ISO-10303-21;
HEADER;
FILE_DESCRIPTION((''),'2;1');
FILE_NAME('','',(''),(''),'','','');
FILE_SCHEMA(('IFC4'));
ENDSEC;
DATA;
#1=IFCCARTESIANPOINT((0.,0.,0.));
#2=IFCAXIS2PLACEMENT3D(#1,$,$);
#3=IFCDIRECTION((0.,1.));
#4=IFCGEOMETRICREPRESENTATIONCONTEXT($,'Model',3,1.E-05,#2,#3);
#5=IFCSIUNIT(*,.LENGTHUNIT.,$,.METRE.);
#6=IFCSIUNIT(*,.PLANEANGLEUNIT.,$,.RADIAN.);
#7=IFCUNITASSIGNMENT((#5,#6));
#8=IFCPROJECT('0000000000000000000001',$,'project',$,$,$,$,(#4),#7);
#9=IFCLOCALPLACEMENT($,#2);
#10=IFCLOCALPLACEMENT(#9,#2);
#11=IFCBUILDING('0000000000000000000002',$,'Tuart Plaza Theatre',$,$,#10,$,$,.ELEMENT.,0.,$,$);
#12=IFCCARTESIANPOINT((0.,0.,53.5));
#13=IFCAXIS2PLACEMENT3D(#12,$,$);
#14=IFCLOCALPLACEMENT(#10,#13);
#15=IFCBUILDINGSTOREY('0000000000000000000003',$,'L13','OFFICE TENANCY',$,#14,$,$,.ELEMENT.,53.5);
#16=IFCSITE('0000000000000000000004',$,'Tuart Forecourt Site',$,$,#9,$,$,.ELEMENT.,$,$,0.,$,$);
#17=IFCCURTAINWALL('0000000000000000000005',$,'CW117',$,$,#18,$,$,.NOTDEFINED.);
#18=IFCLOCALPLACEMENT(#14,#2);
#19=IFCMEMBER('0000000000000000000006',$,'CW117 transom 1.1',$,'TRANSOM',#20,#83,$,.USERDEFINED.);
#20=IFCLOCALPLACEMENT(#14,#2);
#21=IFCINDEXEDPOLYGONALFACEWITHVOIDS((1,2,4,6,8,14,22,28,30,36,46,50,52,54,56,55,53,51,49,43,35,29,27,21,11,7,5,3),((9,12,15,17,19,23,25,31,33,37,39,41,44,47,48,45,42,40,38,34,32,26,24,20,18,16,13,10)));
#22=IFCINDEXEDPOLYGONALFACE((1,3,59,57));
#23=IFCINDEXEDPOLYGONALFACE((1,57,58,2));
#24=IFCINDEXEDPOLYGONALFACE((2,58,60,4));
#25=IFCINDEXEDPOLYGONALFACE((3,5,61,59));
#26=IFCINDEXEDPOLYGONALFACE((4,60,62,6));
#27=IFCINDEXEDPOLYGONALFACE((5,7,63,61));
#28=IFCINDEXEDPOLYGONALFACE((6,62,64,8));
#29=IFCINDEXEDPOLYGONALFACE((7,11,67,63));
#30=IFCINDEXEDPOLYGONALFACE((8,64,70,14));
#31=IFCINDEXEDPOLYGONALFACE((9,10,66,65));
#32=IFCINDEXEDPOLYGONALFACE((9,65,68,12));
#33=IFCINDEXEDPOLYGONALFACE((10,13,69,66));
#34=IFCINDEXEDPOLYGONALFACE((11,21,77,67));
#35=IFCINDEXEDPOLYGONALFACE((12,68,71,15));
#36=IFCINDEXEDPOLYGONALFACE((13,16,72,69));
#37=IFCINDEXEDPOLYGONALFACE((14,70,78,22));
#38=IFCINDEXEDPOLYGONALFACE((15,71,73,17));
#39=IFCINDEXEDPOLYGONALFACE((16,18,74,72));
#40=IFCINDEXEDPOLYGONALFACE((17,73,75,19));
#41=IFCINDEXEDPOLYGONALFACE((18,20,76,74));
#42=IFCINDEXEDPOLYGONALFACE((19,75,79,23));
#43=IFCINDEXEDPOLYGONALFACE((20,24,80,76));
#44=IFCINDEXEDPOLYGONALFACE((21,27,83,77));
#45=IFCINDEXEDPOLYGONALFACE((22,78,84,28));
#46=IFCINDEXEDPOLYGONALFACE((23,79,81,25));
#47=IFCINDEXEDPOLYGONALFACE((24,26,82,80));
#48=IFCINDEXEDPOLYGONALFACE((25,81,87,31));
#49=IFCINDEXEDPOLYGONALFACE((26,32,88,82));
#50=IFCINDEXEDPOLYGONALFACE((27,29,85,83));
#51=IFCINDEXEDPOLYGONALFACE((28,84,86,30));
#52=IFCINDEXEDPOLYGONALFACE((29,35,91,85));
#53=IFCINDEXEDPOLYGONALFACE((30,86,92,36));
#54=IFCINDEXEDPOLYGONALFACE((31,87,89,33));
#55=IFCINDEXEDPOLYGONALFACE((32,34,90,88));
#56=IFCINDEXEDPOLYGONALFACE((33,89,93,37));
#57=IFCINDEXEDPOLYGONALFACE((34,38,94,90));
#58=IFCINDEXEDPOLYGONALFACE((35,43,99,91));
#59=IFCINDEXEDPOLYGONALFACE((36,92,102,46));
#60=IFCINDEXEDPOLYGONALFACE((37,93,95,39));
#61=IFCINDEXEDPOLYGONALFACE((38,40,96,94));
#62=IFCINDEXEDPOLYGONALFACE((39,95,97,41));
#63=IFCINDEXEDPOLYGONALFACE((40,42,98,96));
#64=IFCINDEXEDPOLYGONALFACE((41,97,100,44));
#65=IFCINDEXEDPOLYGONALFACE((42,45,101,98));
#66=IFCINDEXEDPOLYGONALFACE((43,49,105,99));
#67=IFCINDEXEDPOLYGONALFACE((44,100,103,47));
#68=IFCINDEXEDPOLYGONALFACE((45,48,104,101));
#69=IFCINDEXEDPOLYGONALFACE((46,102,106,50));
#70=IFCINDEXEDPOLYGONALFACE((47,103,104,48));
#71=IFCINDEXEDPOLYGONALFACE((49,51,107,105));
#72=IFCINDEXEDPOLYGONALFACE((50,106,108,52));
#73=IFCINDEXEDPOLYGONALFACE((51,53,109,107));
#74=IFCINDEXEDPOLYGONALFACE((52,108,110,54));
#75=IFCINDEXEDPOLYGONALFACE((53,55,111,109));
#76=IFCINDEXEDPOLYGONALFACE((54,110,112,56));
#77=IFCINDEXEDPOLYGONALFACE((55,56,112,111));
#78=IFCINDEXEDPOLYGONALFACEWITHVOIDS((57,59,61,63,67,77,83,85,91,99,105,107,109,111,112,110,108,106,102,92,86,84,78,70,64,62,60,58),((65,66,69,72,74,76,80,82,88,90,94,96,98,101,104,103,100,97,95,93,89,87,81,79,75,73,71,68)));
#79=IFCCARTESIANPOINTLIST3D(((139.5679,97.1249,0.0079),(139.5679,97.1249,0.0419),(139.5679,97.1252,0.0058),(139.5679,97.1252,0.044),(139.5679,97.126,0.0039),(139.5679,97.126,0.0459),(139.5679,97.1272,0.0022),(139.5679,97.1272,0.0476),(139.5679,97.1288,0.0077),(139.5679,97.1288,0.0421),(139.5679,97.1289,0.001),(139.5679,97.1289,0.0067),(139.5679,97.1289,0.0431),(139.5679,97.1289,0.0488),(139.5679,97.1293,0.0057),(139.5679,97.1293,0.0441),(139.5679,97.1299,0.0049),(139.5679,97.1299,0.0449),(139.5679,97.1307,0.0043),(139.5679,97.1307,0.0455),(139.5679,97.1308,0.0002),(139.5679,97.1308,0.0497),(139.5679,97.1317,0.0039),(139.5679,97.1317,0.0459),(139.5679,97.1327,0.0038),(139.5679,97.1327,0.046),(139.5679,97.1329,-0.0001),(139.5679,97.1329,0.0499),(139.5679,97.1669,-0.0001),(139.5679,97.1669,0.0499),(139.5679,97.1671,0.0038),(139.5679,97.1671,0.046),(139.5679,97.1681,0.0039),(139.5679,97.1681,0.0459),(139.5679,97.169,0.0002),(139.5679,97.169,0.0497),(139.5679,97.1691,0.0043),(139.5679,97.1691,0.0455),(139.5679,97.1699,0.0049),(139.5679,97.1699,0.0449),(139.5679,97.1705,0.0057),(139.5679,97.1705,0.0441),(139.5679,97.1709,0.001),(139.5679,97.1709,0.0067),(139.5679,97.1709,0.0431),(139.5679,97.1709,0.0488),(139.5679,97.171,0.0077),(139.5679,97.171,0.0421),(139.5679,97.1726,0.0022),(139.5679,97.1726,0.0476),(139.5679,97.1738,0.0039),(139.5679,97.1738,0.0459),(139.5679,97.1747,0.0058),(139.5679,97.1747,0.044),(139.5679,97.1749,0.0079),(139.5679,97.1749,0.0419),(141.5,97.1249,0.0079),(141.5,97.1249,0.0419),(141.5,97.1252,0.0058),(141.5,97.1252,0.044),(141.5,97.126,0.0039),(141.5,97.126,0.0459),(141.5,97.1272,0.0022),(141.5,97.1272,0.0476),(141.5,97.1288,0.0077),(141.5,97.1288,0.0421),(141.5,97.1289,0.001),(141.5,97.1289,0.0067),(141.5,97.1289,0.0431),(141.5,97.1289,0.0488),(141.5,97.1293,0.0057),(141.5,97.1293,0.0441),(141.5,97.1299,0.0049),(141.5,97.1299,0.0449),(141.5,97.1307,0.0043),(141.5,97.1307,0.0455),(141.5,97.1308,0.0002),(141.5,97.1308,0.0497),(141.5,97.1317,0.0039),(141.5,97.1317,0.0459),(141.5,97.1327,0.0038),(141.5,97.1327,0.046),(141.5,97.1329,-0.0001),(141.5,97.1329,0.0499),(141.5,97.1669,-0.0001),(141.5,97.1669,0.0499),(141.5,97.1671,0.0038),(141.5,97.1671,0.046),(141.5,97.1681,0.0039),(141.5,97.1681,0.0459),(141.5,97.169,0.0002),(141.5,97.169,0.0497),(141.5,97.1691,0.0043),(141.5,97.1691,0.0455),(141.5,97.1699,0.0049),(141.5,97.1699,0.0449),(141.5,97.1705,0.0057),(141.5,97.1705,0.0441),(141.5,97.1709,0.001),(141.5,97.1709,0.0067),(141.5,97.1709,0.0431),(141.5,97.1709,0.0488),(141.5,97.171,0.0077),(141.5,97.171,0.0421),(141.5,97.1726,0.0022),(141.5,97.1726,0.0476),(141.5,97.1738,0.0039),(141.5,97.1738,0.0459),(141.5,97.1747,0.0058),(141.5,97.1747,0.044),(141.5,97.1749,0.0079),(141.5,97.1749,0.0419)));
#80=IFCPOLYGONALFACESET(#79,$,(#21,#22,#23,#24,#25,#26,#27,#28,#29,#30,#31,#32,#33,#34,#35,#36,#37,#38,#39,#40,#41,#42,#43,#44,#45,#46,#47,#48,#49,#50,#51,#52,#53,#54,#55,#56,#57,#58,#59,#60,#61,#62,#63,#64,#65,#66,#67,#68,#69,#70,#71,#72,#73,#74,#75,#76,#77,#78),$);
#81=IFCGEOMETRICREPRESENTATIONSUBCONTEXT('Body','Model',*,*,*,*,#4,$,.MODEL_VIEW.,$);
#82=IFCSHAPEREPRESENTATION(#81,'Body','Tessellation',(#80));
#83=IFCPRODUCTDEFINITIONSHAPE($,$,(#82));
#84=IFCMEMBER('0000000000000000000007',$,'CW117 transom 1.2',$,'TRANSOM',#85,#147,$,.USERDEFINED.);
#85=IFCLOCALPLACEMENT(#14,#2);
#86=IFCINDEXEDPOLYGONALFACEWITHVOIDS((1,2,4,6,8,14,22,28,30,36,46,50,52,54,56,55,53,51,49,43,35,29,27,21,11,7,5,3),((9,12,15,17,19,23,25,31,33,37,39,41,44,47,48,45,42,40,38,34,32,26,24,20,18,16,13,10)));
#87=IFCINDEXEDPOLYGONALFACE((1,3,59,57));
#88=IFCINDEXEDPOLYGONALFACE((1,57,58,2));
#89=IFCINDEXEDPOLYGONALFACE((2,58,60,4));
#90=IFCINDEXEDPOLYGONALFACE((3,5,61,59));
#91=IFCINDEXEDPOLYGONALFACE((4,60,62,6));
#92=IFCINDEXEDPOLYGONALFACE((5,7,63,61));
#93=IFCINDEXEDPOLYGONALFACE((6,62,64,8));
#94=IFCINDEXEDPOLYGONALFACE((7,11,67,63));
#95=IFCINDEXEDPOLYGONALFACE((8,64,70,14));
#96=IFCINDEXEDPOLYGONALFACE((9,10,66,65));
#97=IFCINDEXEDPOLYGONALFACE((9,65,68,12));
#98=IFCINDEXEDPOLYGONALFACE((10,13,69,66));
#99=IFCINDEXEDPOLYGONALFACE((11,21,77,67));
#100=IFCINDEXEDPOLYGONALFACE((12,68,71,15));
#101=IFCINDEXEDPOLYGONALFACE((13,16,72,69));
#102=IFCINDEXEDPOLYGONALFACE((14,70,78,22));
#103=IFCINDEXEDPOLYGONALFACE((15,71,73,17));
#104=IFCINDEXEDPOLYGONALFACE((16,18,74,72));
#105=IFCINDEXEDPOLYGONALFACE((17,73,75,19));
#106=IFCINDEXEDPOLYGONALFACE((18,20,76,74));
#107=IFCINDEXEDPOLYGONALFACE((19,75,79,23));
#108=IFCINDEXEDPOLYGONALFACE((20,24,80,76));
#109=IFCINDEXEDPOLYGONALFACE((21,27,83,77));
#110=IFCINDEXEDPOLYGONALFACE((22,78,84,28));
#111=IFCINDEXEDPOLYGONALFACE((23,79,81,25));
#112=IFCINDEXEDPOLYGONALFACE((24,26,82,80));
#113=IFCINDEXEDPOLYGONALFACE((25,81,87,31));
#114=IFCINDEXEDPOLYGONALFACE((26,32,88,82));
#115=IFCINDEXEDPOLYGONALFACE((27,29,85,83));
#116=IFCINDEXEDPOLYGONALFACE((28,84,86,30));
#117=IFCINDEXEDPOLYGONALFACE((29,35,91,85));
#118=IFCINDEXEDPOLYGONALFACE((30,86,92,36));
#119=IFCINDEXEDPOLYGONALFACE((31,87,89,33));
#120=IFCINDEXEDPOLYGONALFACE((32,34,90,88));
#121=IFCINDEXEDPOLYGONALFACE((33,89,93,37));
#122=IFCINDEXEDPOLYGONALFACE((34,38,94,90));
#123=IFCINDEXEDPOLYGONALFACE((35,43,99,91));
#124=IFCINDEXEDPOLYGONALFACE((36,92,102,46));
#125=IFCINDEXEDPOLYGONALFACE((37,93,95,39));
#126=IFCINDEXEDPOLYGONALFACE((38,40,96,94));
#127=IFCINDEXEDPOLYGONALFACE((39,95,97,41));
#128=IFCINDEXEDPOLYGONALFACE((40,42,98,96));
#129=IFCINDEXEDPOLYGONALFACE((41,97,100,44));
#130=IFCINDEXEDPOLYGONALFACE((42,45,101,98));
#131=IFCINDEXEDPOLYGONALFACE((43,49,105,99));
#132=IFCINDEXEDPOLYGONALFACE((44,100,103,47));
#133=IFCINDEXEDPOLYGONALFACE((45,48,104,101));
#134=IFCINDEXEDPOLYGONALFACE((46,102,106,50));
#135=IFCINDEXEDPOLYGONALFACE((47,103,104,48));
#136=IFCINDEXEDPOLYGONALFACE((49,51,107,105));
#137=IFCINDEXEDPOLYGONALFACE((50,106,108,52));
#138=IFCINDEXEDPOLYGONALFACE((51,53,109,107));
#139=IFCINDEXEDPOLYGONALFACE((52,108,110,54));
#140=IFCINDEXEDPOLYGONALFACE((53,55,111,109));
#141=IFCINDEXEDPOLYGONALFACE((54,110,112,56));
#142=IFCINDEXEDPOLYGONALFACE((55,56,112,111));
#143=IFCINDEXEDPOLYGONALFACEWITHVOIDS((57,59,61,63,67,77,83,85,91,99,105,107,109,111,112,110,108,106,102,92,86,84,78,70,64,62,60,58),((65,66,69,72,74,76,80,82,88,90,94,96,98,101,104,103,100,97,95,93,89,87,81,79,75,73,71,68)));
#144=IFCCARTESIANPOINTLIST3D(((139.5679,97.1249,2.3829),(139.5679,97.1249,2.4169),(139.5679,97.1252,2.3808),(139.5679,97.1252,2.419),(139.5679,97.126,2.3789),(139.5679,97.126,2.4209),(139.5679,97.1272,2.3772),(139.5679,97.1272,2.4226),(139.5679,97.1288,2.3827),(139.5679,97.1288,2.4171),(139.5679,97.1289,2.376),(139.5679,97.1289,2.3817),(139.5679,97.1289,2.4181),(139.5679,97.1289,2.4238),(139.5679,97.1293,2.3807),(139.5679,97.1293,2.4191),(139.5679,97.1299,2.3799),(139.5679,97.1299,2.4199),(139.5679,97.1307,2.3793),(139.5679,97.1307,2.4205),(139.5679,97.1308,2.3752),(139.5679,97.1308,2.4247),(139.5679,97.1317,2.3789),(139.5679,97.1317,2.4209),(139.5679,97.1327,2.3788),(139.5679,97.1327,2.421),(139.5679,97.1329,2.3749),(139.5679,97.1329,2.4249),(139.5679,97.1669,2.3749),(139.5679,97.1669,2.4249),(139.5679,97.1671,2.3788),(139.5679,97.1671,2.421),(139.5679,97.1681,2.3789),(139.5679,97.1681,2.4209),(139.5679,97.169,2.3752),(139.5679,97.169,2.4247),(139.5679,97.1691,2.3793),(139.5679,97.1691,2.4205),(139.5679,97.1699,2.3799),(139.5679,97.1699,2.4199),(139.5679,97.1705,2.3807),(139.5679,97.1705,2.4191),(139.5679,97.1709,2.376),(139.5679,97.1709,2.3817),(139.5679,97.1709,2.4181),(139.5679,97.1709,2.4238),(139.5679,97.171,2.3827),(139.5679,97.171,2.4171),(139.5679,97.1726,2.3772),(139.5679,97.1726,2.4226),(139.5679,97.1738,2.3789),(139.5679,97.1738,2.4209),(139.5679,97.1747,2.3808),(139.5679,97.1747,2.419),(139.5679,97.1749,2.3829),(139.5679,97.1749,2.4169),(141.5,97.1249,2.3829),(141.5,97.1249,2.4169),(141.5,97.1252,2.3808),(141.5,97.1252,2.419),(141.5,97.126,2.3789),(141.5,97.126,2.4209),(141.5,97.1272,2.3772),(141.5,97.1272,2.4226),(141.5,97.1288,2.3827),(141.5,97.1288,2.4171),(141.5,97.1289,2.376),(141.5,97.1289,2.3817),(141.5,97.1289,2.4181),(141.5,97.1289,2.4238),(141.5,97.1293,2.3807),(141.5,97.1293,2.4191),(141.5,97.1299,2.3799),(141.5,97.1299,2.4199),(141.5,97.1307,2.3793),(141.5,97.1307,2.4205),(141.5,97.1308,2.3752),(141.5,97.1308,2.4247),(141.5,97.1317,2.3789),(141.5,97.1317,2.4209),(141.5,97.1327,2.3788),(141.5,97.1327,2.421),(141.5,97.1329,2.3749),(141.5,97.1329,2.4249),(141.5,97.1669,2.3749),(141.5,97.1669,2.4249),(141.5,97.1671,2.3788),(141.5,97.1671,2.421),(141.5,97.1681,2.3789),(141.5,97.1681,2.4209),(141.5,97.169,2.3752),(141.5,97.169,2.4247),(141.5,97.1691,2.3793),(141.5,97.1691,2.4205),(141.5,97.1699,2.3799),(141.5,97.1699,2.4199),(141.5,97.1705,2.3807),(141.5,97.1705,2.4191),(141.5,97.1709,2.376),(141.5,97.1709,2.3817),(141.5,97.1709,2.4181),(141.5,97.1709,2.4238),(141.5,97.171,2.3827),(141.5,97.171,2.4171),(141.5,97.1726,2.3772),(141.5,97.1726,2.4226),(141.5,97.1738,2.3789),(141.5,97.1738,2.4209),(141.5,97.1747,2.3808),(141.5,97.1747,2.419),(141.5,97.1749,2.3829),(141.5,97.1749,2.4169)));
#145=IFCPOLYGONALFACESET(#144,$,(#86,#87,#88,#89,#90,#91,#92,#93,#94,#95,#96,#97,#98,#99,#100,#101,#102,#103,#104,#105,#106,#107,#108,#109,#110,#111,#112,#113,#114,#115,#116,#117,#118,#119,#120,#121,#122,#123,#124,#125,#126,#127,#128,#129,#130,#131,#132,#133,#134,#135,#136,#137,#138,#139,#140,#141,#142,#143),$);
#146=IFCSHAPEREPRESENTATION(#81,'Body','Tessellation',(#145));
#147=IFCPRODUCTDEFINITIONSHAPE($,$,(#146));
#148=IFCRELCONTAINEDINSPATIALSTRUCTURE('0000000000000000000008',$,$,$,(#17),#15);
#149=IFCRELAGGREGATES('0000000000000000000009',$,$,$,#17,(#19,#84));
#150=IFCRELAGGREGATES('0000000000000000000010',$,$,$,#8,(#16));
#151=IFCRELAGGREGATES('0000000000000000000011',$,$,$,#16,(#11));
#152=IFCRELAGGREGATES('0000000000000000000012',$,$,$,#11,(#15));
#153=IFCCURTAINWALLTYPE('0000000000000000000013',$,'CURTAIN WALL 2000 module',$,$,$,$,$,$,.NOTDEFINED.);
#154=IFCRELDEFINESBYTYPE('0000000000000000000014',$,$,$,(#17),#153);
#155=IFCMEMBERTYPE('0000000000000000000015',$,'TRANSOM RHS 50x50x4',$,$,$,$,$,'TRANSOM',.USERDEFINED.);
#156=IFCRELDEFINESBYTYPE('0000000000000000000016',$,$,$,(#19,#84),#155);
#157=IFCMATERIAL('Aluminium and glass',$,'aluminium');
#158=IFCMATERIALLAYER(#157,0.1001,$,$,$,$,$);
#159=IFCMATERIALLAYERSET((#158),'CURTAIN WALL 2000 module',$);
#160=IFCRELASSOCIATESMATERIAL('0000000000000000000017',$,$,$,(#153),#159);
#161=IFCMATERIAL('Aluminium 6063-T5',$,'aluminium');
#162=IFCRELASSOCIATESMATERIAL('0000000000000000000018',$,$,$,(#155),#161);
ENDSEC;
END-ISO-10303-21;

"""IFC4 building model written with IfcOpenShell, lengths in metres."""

from ifc_helpers import new_model, si_unit, direction, frame, origin, origin_2d, place, context, subcontext, project, spatial, hollow_rectangle, extrude, material, layer, layer_set, material_profile, profile_set, type_object, element, aggregate, save


model = new_model("IFC4")

# Units and contexts
model_context = context("Model", 3, precision=1e-05, world=origin(), true_north=direction((0.0, 1.0)))
body_context = subcontext(model_context, "Body", "Model", "MODEL_VIEW")
ifc_project = project(units=[si_unit("LENGTHUNIT", "METRE"), si_unit("PLANEANGLEUNIT", "RADIAN")], contexts=[model_context])

# Site, building, storey
site_placement = place(None, origin())
site = spatial("IfcSite", under=ifc_project, at=site_placement, Name="Tuart Forecourt Site", CompositionType="ELEMENT", RefElevation=0.0)
building_placement = place(site_placement, origin())
building = spatial("IfcBuilding", under=site, at=building_placement, Name="Tuart Plaza Theatre", CompositionType="ELEMENT", ElevationOfRefHeight=0.0)
storey_placement = place(building_placement, frame((0.0, 0.0, 53.5)))
storey = spatial("IfcBuildingStorey", under=building, at=storey_placement, Name="L13", Description="OFFICE TENANCY", CompositionType="ELEMENT", Elevation=53.5)

# Curtain wall
ifc_material_1 = material(Name="Aluminium and glass", Category="aluminium")
ifc_layer_1 = layer(ifc_material_1, 0.1001)
ifc_layer_set_1 = layer_set([ifc_layer_1], Name="CURTAIN WALL 2000 module")
curtain_wall_type = type_object("IfcCurtainWallType", Name="CURTAIN WALL 2000 module", PredefinedType="NOTDEFINED", material=ifc_layer_set_1)
curtain_wall_1_placement = place(storey_placement, origin())
curtain_wall_1 = element("IfcCurtainWall", 1, at=curtain_wall_1_placement, inside=storey, type_object=curtain_wall_type, Name="CW117", PredefinedType="NOTDEFINED")

# Members
ifc_material_2 = material(Name="Aluminium 6063-T5", Category="aluminium")
ifc_material_profile_1 = material_profile(ifc_material_2, hollow_rectangle(XDim=0.05, YDim=0.05, WallThickness=0.0039, InnerFilletRadius=0.0039, OuterFilletRadius=0.0081, at=origin_2d()), Name="RHS 50x50x4")
ifc_profile_set_1 = profile_set([ifc_material_profile_1], Name="Aluminium 6063-T5")
member_type_1 = type_object("IfcMemberType", Name="TRANSOM RHS 50x50x4", ElementType="TRANSOM", PredefinedType="USERDEFINED", material=ifc_profile_set_1)
member_1_placement = place(storey_placement, frame((141.5, 97.1499, 0.0249), z_axis=(-1.0, 0.0, 0.0), x_axis=(0.0, -1.0, 0.0)))
member_1 = element("IfcMember", 2, at=member_1_placement, type_object=member_type_1, Name="CW117 transom 1.1", ObjectType="TRANSOM", PredefinedType="USERDEFINED", context=body_context, shape_type="SweptSolid", body=[
    extrude(hollow_rectangle(XDim=0.05, YDim=0.05, WallThickness=0.0039, InnerFilletRadius=0.0039, OuterFilletRadius=0.0081, at=origin_2d()), origin(), (0.0, 0.0, 1.0), 1.9321),
])
member_2_placement = place(storey_placement, frame((141.5, 97.1499, 2.3999), z_axis=(-1.0, 0.0, 0.0), x_axis=(0.0, -1.0, 0.0)))
member_2 = element("IfcMember", 3, at=member_2_placement, type_object=member_type_1, Name="CW117 transom 1.2", ObjectType="TRANSOM", PredefinedType="USERDEFINED", context=body_context, shape_type="SweptSolid", body=[
    extrude(hollow_rectangle(XDim=0.05, YDim=0.05, WallThickness=0.0039, InnerFilletRadius=0.0039, OuterFilletRadius=0.0081, at=origin_2d()), origin(), (0.0, 0.0, 1.0), 1.9321),
])

aggregate(curtain_wall_1, [member_1, member_2])

save(model, "model.ifc")
